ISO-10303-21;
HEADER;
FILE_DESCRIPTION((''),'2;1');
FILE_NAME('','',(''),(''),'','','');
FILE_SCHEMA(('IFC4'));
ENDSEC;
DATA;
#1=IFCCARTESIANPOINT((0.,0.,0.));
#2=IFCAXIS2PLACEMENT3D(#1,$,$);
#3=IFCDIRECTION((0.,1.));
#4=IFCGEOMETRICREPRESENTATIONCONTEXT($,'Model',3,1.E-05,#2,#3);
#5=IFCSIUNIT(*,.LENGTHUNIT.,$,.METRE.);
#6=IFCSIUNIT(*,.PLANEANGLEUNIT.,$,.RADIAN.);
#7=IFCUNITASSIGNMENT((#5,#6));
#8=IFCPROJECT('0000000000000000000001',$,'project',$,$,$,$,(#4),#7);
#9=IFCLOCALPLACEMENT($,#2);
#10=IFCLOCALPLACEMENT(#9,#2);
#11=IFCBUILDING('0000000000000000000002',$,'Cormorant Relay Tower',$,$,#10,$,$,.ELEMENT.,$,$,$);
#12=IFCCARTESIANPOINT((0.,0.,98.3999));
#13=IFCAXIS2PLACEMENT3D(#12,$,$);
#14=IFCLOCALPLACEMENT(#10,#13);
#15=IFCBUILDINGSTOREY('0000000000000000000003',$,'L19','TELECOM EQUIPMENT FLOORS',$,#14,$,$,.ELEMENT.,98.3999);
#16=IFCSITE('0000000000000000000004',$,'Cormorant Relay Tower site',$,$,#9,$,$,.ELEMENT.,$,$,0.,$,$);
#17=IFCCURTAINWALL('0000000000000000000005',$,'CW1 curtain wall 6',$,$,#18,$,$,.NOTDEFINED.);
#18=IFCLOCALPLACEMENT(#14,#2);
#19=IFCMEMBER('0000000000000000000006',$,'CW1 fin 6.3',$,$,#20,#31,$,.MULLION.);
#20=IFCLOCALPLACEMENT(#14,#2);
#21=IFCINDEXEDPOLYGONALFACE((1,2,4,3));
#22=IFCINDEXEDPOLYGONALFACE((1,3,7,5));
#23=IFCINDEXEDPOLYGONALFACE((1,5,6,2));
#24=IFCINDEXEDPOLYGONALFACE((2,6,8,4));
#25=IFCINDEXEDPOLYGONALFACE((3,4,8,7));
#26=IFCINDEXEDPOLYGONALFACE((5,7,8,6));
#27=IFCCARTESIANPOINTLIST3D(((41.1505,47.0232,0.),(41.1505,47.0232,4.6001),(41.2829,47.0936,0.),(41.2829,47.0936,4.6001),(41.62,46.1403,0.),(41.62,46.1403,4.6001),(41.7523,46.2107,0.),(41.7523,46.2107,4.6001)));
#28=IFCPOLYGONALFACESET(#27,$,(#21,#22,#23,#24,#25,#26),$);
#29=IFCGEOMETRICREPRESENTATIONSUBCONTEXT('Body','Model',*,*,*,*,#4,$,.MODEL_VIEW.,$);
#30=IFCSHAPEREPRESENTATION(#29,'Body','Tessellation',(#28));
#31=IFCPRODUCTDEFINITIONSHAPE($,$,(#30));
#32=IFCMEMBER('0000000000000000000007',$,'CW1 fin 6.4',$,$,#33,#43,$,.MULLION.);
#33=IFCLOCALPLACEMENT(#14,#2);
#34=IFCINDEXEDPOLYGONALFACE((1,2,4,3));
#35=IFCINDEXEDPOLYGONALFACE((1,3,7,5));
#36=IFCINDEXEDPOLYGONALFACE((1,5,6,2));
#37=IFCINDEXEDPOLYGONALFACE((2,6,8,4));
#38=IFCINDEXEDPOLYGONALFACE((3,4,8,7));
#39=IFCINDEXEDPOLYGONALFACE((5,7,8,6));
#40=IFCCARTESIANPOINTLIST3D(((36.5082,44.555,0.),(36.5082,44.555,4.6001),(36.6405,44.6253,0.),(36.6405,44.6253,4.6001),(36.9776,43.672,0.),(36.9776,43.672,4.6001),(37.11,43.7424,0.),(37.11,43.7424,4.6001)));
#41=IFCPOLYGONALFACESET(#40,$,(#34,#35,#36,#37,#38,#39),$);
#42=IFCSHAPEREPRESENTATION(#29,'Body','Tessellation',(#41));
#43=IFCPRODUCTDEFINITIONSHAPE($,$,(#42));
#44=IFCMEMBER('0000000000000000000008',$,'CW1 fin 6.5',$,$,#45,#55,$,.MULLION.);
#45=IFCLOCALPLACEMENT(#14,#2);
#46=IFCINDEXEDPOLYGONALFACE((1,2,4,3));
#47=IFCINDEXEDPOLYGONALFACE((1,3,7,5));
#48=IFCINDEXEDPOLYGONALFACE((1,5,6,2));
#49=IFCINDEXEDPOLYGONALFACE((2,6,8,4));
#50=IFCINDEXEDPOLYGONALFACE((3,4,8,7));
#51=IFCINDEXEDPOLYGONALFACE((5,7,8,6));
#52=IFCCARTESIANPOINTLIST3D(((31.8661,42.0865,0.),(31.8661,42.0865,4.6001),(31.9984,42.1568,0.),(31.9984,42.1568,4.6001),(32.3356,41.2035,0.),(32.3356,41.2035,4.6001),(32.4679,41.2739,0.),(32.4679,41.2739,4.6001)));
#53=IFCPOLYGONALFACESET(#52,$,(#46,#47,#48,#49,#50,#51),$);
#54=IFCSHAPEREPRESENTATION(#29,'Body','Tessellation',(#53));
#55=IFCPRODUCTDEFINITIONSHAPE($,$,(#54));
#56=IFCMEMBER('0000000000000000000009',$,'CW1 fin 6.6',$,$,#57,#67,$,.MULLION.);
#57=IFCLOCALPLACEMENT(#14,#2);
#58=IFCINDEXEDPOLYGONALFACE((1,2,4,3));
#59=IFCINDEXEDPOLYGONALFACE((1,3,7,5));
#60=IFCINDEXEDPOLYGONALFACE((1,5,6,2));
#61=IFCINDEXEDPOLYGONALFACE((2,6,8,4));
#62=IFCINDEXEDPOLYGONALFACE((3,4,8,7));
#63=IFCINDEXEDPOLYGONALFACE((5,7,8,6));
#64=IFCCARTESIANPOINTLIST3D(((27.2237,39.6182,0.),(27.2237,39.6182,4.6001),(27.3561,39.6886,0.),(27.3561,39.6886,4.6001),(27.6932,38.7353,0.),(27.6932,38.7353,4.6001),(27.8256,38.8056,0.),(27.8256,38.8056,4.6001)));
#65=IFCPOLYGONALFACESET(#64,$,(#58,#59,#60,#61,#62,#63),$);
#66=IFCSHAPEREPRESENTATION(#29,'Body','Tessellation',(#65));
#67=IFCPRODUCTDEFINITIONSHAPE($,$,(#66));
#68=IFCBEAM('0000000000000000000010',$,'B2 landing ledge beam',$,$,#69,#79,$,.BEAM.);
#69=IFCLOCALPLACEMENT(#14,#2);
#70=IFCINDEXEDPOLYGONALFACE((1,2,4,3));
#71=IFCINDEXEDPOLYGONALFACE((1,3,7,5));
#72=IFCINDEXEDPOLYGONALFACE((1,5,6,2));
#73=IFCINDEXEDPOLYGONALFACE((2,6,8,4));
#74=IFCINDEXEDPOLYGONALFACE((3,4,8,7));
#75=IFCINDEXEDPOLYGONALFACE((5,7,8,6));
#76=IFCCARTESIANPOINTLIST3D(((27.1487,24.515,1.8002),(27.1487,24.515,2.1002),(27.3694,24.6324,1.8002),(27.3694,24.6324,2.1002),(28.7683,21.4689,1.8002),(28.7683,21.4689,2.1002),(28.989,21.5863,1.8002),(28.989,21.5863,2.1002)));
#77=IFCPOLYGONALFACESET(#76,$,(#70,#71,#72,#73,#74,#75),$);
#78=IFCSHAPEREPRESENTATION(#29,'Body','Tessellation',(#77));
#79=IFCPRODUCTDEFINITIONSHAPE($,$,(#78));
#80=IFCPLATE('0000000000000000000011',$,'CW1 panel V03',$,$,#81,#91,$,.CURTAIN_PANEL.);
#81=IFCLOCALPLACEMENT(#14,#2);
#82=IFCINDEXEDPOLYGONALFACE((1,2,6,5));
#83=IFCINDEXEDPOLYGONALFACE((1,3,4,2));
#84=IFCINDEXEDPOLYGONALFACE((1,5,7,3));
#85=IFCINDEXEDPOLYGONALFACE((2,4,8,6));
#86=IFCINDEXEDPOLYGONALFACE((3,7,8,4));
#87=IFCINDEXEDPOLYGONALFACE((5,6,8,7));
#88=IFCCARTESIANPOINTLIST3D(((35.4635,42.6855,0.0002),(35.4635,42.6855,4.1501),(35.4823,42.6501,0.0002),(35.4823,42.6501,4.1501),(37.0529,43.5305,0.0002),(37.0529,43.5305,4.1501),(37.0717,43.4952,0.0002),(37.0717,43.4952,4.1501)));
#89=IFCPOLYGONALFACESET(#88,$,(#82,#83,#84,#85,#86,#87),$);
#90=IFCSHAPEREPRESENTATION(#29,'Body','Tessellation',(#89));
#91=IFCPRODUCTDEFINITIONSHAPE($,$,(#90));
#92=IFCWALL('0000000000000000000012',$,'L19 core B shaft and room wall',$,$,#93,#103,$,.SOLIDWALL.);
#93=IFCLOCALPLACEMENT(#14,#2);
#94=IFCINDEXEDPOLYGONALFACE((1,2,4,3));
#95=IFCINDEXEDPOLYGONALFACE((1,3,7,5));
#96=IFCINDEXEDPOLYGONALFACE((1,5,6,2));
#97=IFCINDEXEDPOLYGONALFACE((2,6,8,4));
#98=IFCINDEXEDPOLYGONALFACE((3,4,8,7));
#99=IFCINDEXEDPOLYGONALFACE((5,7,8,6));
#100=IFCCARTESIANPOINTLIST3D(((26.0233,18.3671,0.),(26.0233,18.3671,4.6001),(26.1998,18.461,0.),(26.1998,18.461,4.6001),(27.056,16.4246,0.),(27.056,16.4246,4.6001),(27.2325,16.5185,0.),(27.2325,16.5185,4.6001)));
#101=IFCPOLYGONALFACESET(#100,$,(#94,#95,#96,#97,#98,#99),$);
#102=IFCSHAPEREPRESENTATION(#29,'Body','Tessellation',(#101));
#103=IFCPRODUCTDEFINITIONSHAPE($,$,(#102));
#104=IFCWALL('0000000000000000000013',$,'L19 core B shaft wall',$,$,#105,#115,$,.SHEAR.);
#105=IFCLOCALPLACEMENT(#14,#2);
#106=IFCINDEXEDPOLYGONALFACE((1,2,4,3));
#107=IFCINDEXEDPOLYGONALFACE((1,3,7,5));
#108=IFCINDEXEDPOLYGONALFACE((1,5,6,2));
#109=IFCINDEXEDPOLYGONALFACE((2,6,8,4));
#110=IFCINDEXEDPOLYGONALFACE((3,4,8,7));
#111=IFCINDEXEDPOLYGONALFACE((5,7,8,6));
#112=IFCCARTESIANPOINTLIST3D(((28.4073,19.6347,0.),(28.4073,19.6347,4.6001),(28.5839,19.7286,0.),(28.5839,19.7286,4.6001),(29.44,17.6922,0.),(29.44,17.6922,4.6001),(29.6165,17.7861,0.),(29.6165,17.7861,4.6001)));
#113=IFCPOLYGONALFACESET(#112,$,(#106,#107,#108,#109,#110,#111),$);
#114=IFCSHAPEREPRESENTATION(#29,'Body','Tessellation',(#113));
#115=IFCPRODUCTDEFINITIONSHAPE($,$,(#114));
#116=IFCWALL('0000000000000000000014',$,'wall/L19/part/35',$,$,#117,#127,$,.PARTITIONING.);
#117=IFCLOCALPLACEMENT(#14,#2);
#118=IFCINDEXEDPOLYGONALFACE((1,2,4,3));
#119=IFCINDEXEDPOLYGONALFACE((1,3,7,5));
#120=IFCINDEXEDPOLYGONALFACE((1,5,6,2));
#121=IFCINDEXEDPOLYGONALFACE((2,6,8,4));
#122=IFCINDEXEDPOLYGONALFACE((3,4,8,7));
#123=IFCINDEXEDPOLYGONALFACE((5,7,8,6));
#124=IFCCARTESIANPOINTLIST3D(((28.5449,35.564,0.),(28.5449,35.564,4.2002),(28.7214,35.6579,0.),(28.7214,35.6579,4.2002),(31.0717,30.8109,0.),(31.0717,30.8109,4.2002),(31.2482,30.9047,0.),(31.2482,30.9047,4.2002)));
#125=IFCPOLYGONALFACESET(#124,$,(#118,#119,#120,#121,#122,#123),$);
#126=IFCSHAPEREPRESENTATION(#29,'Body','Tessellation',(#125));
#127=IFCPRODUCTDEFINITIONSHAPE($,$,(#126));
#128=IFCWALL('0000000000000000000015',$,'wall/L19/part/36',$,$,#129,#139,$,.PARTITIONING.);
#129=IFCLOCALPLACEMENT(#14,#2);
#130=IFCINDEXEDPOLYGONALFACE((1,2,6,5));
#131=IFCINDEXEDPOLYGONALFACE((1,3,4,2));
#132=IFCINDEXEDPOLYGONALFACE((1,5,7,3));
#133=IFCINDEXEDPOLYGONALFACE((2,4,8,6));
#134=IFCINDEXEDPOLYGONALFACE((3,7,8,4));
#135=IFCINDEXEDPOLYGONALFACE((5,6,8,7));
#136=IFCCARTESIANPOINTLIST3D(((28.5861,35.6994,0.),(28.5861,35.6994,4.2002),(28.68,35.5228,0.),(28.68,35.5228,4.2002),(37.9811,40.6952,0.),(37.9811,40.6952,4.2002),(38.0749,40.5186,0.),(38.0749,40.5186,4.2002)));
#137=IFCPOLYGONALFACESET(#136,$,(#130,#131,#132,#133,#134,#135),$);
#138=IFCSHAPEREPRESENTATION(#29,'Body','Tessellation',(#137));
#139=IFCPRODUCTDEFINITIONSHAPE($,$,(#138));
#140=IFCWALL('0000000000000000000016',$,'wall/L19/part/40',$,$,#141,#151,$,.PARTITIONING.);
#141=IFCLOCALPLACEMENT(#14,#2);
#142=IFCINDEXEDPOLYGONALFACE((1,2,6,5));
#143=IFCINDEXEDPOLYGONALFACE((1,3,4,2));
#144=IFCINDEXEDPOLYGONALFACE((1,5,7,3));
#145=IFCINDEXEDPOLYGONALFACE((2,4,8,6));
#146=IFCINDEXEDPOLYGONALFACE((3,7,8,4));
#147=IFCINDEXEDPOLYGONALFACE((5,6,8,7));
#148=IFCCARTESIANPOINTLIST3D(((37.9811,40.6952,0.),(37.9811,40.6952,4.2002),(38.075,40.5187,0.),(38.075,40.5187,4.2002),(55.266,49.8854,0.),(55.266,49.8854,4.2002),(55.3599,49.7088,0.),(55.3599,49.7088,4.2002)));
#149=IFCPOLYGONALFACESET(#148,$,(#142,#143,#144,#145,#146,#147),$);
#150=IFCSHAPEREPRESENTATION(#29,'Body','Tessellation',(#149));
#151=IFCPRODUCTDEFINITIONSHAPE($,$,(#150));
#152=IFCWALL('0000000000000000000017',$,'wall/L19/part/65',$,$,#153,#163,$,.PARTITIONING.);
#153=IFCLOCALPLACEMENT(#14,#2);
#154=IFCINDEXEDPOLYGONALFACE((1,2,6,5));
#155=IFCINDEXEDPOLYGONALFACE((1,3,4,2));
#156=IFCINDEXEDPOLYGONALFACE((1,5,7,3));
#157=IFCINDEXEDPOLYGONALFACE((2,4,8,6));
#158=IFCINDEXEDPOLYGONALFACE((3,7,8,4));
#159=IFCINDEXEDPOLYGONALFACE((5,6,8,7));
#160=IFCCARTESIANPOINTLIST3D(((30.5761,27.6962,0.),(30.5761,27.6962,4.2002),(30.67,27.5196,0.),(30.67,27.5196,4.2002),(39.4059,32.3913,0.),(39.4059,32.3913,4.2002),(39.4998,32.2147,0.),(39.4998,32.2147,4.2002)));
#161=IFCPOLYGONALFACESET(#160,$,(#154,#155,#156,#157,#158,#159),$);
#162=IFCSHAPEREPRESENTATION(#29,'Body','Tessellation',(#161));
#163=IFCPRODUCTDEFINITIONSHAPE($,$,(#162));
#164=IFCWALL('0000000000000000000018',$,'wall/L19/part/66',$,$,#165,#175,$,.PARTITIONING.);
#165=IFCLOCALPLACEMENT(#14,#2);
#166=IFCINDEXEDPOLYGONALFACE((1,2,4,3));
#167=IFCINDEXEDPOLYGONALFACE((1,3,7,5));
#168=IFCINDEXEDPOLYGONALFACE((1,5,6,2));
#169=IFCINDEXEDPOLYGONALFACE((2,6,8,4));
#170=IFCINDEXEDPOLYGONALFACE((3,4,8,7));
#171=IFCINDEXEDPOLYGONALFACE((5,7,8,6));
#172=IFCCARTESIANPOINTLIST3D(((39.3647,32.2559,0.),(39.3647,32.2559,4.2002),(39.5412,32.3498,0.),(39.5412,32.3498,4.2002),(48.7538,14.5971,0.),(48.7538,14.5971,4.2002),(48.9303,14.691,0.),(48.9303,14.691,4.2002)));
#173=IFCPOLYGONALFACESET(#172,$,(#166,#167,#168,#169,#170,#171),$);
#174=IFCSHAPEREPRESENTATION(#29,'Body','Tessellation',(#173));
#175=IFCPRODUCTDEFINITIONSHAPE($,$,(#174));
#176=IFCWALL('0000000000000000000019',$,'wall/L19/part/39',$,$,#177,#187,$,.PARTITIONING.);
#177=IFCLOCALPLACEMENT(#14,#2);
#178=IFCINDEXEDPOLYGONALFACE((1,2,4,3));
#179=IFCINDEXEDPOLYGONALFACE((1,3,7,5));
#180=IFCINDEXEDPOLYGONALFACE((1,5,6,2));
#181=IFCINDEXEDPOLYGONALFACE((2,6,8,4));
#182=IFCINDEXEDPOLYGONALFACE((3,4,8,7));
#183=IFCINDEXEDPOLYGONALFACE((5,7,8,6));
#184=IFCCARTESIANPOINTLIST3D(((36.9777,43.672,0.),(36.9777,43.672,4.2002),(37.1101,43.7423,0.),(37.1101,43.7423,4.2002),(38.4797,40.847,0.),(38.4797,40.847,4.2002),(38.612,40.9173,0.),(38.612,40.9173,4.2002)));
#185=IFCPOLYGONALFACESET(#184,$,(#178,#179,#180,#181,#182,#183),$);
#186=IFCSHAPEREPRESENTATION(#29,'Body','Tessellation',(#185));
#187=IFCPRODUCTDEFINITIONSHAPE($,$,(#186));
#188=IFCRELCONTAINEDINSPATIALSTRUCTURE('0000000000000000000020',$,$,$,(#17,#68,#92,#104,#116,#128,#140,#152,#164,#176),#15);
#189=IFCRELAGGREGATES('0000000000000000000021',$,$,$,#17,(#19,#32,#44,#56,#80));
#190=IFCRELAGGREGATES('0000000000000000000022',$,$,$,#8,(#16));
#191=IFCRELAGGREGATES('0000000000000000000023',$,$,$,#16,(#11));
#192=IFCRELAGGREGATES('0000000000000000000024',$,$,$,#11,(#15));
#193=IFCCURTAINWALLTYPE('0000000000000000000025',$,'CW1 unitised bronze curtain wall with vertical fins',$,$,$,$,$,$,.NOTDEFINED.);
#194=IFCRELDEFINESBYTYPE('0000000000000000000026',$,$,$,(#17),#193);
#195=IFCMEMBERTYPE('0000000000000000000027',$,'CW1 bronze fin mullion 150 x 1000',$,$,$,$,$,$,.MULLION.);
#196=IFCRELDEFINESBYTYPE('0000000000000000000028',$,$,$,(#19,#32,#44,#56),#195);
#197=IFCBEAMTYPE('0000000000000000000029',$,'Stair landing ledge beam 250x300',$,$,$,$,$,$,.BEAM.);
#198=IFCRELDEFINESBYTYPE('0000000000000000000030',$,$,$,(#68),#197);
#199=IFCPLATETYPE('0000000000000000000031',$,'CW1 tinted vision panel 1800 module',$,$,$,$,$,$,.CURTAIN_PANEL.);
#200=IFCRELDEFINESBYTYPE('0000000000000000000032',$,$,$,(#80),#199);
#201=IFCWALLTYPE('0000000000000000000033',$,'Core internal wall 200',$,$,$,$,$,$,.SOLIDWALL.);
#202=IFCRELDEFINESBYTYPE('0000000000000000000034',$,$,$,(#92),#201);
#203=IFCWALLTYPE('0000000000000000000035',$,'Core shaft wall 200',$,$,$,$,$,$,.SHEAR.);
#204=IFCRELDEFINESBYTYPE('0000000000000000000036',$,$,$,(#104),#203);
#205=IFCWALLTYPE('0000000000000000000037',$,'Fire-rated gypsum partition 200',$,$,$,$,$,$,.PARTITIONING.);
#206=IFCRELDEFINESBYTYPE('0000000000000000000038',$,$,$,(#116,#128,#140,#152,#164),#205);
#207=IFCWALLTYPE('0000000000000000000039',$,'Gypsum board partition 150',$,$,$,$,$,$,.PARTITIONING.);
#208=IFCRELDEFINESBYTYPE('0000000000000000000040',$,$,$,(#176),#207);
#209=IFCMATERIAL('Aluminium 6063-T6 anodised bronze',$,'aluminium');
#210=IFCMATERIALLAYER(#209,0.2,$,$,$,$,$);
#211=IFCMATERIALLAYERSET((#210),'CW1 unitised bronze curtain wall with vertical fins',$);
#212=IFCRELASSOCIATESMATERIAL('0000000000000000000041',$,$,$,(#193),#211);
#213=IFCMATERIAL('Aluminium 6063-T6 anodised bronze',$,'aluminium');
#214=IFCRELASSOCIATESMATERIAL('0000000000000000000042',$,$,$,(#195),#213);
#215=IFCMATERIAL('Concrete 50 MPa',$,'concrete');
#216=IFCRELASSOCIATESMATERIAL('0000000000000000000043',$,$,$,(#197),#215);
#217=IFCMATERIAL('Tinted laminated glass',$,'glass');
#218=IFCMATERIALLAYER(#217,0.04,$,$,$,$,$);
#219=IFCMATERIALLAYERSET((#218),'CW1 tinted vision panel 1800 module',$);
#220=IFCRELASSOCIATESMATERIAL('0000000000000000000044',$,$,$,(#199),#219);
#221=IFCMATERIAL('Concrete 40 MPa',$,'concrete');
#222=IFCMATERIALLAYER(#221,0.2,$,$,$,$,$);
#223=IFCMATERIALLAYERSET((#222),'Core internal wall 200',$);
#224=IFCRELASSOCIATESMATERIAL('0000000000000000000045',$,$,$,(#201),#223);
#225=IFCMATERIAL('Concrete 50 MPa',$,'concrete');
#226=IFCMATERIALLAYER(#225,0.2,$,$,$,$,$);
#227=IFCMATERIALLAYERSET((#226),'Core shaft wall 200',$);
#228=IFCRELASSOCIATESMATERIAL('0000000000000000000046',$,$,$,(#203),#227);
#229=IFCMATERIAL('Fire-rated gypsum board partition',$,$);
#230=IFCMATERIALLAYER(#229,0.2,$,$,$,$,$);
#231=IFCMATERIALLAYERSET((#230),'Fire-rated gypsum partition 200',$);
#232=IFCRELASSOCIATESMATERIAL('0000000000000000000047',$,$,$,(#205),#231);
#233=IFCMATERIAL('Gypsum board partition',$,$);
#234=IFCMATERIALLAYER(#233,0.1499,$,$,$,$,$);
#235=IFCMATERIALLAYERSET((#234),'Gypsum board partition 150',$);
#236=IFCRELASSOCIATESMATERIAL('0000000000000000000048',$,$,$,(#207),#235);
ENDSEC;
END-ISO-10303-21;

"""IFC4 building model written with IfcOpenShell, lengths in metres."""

from ifc_helpers import new_model, si_unit, direction, frame, frame_2d, origin, origin_2d, place, context, subcontext, project, spatial, rectangle, extrude, material, layer, layer_set, material_profile, profile_set, type_object, element, aggregate, save


model = new_model("IFC4")

# Units and contexts
model_context = context("Model", 3, precision=1e-05, world=origin(), true_north=direction((0.0, 1.0)))
body_context = subcontext(model_context, "Body", "Model", "MODEL_VIEW")
ifc_project = project(units=[si_unit("LENGTHUNIT", "METRE"), si_unit("PLANEANGLEUNIT", "RADIAN")], contexts=[model_context])

# Site, building, storey
site_placement = place(None, origin())
site = spatial("IfcSite", under=ifc_project, at=site_placement, Name="Cormorant Relay Tower site", CompositionType="ELEMENT", RefElevation=0.0)
building_placement = place(site_placement, origin())
building = spatial("IfcBuilding", under=site, at=building_placement, Name="Cormorant Relay Tower", CompositionType="ELEMENT")
storey_placement = place(building_placement, frame((0.0, 0.0, 98.3999)))
storey = spatial("IfcBuildingStorey", under=building, at=storey_placement, Name="L19", Description="TELECOM EQUIPMENT FLOORS", CompositionType="ELEMENT", Elevation=98.3999)

# Curtain wall, members
ifc_material_1 = material(Name="Aluminium 6063-T6 anodised bronze", Category="aluminium")
ifc_layer_1 = layer(ifc_material_1, 0.2)
ifc_layer_set_1 = layer_set([ifc_layer_1], Name="CW1 unitised bronze curtain wall with vertical fins")
curtain_wall_type = type_object("IfcCurtainWallType", Name="CW1 unitised bronze curtain wall with vertical fins", PredefinedType="NOTDEFINED", material=ifc_layer_set_1)
curtain_wall_placement = place(storey_placement, origin())
curtain_wall = element("IfcCurtainWall", 1, at=curtain_wall_placement, inside=storey, type_object=curtain_wall_type, Name="CW1 curtain wall 6", PredefinedType="NOTDEFINED")
ifc_material_2 = material(Name="Aluminium 6063-T6 anodised bronze", Category="aluminium")
ifc_material_profile_1 = material_profile(ifc_material_2, rectangle(XDim=0.1499, YDim=1.0, at=origin_2d()), Name="AL 150x1000")
ifc_profile_set_1 = profile_set([ifc_material_profile_1], Name="Aluminium 6063-T6 anodised bronze")
member_type = type_object("IfcMemberType", Name="CW1 bronze fin mullion 150 x 1000", PredefinedType="MULLION", material=ifc_profile_set_1)
member_1_placement = place(storey_placement, frame((41.4514, 46.6169, 0.0), z_axis=(0.0, 0.0, 1.0), x_axis=(-0.882948, -0.469472, 0.0)))
member_1 = element("IfcMember", 2, at=member_1_placement, type_object=member_type, Name="CW1 fin 6.3", PredefinedType="MULLION", context=body_context, shape_type="SweptSolid", body=[
    extrude(rectangle(XDim=0.1499, YDim=1.0, at=origin_2d()), origin(), (0.0, 0.0, 1.0), 4.6001),
])
member_2_placement = place(storey_placement, frame((36.8091, 44.1487, 0.0), z_axis=(0.0, 0.0, 1.0), x_axis=(-0.882948, -0.469472, 0.0)))
member_2 = element("IfcMember", 3, at=member_2_placement, type_object=member_type, Name="CW1 fin 6.4", PredefinedType="MULLION", context=body_context, shape_type="SweptSolid", body=[
    extrude(rectangle(XDim=0.1499, YDim=1.0, at=origin_2d()), origin(), (0.0, 0.0, 1.0), 4.6001),
])
member_3_placement = place(storey_placement, frame((32.167, 41.6802, 0.0), z_axis=(0.0, 0.0, 1.0), x_axis=(-0.882948, -0.469472, 0.0)))
member_3 = element("IfcMember", 4, at=member_3_placement, type_object=member_type, Name="CW1 fin 6.5", PredefinedType="MULLION", context=body_context, shape_type="SweptSolid", body=[
    extrude(rectangle(XDim=0.1499, YDim=1.0, at=origin_2d()), origin(), (0.0, 0.0, 1.0), 4.6001),
])
member_4_placement = place(storey_placement, frame((27.5247, 39.2119, 0.0), z_axis=(0.0, 0.0, 1.0), x_axis=(-0.882948, -0.469472, 0.0)))
member_4 = element("IfcMember", 5, at=member_4_placement, type_object=member_type, Name="CW1 fin 6.6", PredefinedType="MULLION", context=body_context, shape_type="SweptSolid", body=[
    extrude(rectangle(XDim=0.1499, YDim=1.0, at=origin_2d()), origin(), (0.0, 0.0, 1.0), 4.6001),
])

# Beam
ifc_material_3 = material(Name="Concrete 50 MPa", Category="concrete")
ifc_material_profile_2 = material_profile(ifc_material_3, rectangle(XDim=0.25, YDim=0.3, at=origin_2d()), Name="RC 250x300")
ifc_profile_set_2 = profile_set([ifc_material_profile_2], Name="Concrete 50 MPa")
beam_type = type_object("IfcBeamType", Name="Stair landing ledge beam 250x300", PredefinedType="BEAM", material=ifc_profile_set_2)
beam_placement = place(storey_placement, frame((28.8787, 21.5276, 1.9502), z_axis=(-0.469464, 0.882952, 0.0), x_axis=(-0.882952, -0.469464, 0.0)))
element("IfcBeam", 6, at=beam_placement, inside=storey, type_object=beam_type, Name="B2 landing ledge beam", PredefinedType="BEAM", context=body_context, shape_type="SweptSolid", body=[
    extrude(rectangle(XDim=0.25, YDim=0.3, at=origin_2d()), origin(), (0.0, 0.0, 1.0), 3.45),
])

# Plate
ifc_material_4 = material(Name="Tinted laminated glass", Category="glass")
ifc_layer_2 = layer(ifc_material_4, 0.04)
ifc_layer_set_2 = layer_set([ifc_layer_2], Name="CW1 tinted vision panel 1800 module")
plate_type = type_object("IfcPlateType", Name="CW1 tinted vision panel 1800 module", PredefinedType="CURTAIN_PANEL", material=ifc_layer_set_2)
plate_placement = place(storey_placement, frame((36.2676, 43.0903, 0.0002), z_axis=(0.0, 0.0, 1.0), x_axis=(-0.882948, -0.469472, 0.0)))
plate = element("IfcPlate", 7, at=plate_placement, type_object=plate_type, Name="CW1 panel V03", PredefinedType="CURTAIN_PANEL", context=body_context, shape_type="SweptSolid", body=[
    extrude(rectangle(XDim=1.8, YDim=0.04, at=origin_2d()), origin(), (0.0, 0.0, 1.0), 4.1499),
])

# Walls
ifc_material_5 = material(Name="Concrete 40 MPa", Category="concrete")
ifc_layer_3 = layer(ifc_material_5, 0.2)
ifc_layer_set_3 = layer_set([ifc_layer_3], Name="Core internal wall 200")
wall_type_1 = type_object("IfcWallType", Name="Core internal wall 200", PredefinedType="SOLIDWALL", material=ifc_layer_set_3)
wall_1_placement = place(storey_placement, frame((27.1443, 16.4714, 0.0), z_axis=(0.0, 0.0, 1.0), x_axis=(-0.469401, 0.882985, 0.0)))
element("IfcWall", 8, at=wall_1_placement, inside=storey, type_object=wall_type_1, Name="L19 core B shaft and room wall", PredefinedType="SOLIDWALL", context=body_context, shape_type="SweptSolid", body=[
    extrude(rectangle(XDim=2.2, YDim=0.2, at=frame_2d((1.1001, 0.0))), origin(), (0.0, 0.0, 1.0), 4.6001),
])
ifc_material_6 = material(Name="Concrete 50 MPa", Category="concrete")
ifc_layer_4 = layer(ifc_material_6, 0.2)
ifc_layer_set_4 = layer_set([ifc_layer_4], Name="Core shaft wall 200")
wall_type_2 = type_object("IfcWallType", Name="Core shaft wall 200", PredefinedType="SHEAR", material=ifc_layer_set_4)
wall_2_placement = place(storey_placement, frame((29.5283, 17.739, 0.0), z_axis=(0.0, 0.0, 1.0), x_axis=(-0.469401, 0.882985, 0.0)))
element("IfcWall", 9, at=wall_2_placement, inside=storey, type_object=wall_type_2, Name="L19 core B shaft wall", PredefinedType="SHEAR", context=body_context, shape_type="SweptSolid", body=[
    extrude(rectangle(XDim=2.2, YDim=0.2, at=frame_2d((1.1001, 0.0))), origin(), (0.0, 0.0, 1.0), 4.6001),
])
ifc_material_7 = material(Name="Fire-rated gypsum board partition")
ifc_layer_5 = layer(ifc_material_7, 0.2)
ifc_layer_set_5 = layer_set([ifc_layer_5], Name="Fire-rated gypsum partition 200")
wall_type_3 = type_object("IfcWallType", Name="Fire-rated gypsum partition 200", PredefinedType="PARTITIONING", material=ifc_layer_set_5)
wall_3_placement = place(storey_placement, frame((31.1599, 30.8579, 0.0), z_axis=(0.0, 0.0, 1.0), x_axis=(-0.469406, 0.882982, 0.0)))
element("IfcWall", 10, at=wall_3_placement, inside=storey, type_object=wall_type_3, Name="wall/L19/part/35", PredefinedType="PARTITIONING", context=body_context, shape_type="SweptSolid", body=[
    extrude(rectangle(XDim=5.3831, YDim=0.2, at=frame_2d((2.6914, 0.0))), origin(), (0.0, 0.0, 1.0), 4.2002),
])
wall_4_placement = place(storey_placement, frame((28.6331, 35.6111, 0.0), z_axis=(0.0, 0.0, 1.0), x_axis=(0.882931, 0.469503, 0.0)))
element("IfcWall", 11, at=wall_4_placement, inside=storey, type_object=wall_type_3, Name="wall/L19/part/36", PredefinedType="PARTITIONING", context=body_context, shape_type="SweptSolid", body=[
    extrude(rectangle(XDim=10.6406, YDim=0.2, at=frame_2d((5.3203, 0.0))), origin(), (0.0, 0.0, 1.0), 4.2002),
])
wall_5_placement = place(storey_placement, frame((38.0281, 40.6069, 0.0), z_axis=(0.0, 0.0, 1.0), x_axis=(0.882955, 0.469457, 0.0)))
element("IfcWall", 12, at=wall_5_placement, inside=storey, type_object=wall_type_3, Name="wall/L19/part/40", PredefinedType="PARTITIONING", context=body_context, shape_type="SweptSolid", body=[
    extrude(rectangle(XDim=19.5762, YDim=0.2, at=frame_2d((9.7881, 0.0))), origin(), (0.0, 0.0, 1.0), 4.2002),
])
wall_6_placement = place(storey_placement, frame((30.623, 27.6079, 0.0), z_axis=(0.0, 0.0, 1.0), x_axis=(0.882941, 0.469484, 0.0)))
element("IfcWall", 13, at=wall_6_placement, inside=storey, type_object=wall_type_3, Name="wall/L19/part/65", PredefinedType="PARTITIONING", context=body_context, shape_type="SweptSolid", body=[
    extrude(rectangle(XDim=10.0005, YDim=0.2, at=frame_2d((5.0002, 0.0))), origin(), (0.0, 0.0, 1.0), 4.2002),
])
wall_7_placement = place(storey_placement, frame((39.4529, 32.303, 0.0), z_axis=(0.0, 0.0, 1.0), x_axis=(0.469461, -0.882953, 0.0)))
element("IfcWall", 14, at=wall_7_placement, inside=storey, type_object=wall_type_3, Name="wall/L19/part/66", PredefinedType="PARTITIONING", context=body_context, shape_type="SweptSolid", body=[
    extrude(rectangle(XDim=19.9998, YDim=0.2, at=frame_2d((10.0, 0.0))), origin(), (0.0, 0.0, 1.0), 4.2002),
])
ifc_material_8 = material(Name="Gypsum board partition")
ifc_layer_6 = layer(ifc_material_8, 0.1499)
ifc_layer_set_6 = layer_set([ifc_layer_6], Name="Gypsum board partition 150")
wall_type_4 = type_object("IfcWallType", Name="Gypsum board partition 150", PredefinedType="PARTITIONING", material=ifc_layer_set_6)
wall_8_placement = place(storey_placement, frame((37.0439, 43.707, 0.0), z_axis=(0.0, 0.0, 1.0), x_axis=(0.469447, -0.882961, 0.0)))
element("IfcWall", 15, at=wall_8_placement, inside=storey, type_object=wall_type_4, Name="wall/L19/part/39", PredefinedType="PARTITIONING", context=body_context, shape_type="SweptSolid", body=[
    extrude(rectangle(XDim=3.1995, YDim=0.1499, at=frame_2d((1.5996, 0.0))), origin(), (0.0, 0.0, 1.0), 4.2002),
])

aggregate(curtain_wall, [member_1, member_2, member_3, member_4, plate])

save(model, "model.ifc")
